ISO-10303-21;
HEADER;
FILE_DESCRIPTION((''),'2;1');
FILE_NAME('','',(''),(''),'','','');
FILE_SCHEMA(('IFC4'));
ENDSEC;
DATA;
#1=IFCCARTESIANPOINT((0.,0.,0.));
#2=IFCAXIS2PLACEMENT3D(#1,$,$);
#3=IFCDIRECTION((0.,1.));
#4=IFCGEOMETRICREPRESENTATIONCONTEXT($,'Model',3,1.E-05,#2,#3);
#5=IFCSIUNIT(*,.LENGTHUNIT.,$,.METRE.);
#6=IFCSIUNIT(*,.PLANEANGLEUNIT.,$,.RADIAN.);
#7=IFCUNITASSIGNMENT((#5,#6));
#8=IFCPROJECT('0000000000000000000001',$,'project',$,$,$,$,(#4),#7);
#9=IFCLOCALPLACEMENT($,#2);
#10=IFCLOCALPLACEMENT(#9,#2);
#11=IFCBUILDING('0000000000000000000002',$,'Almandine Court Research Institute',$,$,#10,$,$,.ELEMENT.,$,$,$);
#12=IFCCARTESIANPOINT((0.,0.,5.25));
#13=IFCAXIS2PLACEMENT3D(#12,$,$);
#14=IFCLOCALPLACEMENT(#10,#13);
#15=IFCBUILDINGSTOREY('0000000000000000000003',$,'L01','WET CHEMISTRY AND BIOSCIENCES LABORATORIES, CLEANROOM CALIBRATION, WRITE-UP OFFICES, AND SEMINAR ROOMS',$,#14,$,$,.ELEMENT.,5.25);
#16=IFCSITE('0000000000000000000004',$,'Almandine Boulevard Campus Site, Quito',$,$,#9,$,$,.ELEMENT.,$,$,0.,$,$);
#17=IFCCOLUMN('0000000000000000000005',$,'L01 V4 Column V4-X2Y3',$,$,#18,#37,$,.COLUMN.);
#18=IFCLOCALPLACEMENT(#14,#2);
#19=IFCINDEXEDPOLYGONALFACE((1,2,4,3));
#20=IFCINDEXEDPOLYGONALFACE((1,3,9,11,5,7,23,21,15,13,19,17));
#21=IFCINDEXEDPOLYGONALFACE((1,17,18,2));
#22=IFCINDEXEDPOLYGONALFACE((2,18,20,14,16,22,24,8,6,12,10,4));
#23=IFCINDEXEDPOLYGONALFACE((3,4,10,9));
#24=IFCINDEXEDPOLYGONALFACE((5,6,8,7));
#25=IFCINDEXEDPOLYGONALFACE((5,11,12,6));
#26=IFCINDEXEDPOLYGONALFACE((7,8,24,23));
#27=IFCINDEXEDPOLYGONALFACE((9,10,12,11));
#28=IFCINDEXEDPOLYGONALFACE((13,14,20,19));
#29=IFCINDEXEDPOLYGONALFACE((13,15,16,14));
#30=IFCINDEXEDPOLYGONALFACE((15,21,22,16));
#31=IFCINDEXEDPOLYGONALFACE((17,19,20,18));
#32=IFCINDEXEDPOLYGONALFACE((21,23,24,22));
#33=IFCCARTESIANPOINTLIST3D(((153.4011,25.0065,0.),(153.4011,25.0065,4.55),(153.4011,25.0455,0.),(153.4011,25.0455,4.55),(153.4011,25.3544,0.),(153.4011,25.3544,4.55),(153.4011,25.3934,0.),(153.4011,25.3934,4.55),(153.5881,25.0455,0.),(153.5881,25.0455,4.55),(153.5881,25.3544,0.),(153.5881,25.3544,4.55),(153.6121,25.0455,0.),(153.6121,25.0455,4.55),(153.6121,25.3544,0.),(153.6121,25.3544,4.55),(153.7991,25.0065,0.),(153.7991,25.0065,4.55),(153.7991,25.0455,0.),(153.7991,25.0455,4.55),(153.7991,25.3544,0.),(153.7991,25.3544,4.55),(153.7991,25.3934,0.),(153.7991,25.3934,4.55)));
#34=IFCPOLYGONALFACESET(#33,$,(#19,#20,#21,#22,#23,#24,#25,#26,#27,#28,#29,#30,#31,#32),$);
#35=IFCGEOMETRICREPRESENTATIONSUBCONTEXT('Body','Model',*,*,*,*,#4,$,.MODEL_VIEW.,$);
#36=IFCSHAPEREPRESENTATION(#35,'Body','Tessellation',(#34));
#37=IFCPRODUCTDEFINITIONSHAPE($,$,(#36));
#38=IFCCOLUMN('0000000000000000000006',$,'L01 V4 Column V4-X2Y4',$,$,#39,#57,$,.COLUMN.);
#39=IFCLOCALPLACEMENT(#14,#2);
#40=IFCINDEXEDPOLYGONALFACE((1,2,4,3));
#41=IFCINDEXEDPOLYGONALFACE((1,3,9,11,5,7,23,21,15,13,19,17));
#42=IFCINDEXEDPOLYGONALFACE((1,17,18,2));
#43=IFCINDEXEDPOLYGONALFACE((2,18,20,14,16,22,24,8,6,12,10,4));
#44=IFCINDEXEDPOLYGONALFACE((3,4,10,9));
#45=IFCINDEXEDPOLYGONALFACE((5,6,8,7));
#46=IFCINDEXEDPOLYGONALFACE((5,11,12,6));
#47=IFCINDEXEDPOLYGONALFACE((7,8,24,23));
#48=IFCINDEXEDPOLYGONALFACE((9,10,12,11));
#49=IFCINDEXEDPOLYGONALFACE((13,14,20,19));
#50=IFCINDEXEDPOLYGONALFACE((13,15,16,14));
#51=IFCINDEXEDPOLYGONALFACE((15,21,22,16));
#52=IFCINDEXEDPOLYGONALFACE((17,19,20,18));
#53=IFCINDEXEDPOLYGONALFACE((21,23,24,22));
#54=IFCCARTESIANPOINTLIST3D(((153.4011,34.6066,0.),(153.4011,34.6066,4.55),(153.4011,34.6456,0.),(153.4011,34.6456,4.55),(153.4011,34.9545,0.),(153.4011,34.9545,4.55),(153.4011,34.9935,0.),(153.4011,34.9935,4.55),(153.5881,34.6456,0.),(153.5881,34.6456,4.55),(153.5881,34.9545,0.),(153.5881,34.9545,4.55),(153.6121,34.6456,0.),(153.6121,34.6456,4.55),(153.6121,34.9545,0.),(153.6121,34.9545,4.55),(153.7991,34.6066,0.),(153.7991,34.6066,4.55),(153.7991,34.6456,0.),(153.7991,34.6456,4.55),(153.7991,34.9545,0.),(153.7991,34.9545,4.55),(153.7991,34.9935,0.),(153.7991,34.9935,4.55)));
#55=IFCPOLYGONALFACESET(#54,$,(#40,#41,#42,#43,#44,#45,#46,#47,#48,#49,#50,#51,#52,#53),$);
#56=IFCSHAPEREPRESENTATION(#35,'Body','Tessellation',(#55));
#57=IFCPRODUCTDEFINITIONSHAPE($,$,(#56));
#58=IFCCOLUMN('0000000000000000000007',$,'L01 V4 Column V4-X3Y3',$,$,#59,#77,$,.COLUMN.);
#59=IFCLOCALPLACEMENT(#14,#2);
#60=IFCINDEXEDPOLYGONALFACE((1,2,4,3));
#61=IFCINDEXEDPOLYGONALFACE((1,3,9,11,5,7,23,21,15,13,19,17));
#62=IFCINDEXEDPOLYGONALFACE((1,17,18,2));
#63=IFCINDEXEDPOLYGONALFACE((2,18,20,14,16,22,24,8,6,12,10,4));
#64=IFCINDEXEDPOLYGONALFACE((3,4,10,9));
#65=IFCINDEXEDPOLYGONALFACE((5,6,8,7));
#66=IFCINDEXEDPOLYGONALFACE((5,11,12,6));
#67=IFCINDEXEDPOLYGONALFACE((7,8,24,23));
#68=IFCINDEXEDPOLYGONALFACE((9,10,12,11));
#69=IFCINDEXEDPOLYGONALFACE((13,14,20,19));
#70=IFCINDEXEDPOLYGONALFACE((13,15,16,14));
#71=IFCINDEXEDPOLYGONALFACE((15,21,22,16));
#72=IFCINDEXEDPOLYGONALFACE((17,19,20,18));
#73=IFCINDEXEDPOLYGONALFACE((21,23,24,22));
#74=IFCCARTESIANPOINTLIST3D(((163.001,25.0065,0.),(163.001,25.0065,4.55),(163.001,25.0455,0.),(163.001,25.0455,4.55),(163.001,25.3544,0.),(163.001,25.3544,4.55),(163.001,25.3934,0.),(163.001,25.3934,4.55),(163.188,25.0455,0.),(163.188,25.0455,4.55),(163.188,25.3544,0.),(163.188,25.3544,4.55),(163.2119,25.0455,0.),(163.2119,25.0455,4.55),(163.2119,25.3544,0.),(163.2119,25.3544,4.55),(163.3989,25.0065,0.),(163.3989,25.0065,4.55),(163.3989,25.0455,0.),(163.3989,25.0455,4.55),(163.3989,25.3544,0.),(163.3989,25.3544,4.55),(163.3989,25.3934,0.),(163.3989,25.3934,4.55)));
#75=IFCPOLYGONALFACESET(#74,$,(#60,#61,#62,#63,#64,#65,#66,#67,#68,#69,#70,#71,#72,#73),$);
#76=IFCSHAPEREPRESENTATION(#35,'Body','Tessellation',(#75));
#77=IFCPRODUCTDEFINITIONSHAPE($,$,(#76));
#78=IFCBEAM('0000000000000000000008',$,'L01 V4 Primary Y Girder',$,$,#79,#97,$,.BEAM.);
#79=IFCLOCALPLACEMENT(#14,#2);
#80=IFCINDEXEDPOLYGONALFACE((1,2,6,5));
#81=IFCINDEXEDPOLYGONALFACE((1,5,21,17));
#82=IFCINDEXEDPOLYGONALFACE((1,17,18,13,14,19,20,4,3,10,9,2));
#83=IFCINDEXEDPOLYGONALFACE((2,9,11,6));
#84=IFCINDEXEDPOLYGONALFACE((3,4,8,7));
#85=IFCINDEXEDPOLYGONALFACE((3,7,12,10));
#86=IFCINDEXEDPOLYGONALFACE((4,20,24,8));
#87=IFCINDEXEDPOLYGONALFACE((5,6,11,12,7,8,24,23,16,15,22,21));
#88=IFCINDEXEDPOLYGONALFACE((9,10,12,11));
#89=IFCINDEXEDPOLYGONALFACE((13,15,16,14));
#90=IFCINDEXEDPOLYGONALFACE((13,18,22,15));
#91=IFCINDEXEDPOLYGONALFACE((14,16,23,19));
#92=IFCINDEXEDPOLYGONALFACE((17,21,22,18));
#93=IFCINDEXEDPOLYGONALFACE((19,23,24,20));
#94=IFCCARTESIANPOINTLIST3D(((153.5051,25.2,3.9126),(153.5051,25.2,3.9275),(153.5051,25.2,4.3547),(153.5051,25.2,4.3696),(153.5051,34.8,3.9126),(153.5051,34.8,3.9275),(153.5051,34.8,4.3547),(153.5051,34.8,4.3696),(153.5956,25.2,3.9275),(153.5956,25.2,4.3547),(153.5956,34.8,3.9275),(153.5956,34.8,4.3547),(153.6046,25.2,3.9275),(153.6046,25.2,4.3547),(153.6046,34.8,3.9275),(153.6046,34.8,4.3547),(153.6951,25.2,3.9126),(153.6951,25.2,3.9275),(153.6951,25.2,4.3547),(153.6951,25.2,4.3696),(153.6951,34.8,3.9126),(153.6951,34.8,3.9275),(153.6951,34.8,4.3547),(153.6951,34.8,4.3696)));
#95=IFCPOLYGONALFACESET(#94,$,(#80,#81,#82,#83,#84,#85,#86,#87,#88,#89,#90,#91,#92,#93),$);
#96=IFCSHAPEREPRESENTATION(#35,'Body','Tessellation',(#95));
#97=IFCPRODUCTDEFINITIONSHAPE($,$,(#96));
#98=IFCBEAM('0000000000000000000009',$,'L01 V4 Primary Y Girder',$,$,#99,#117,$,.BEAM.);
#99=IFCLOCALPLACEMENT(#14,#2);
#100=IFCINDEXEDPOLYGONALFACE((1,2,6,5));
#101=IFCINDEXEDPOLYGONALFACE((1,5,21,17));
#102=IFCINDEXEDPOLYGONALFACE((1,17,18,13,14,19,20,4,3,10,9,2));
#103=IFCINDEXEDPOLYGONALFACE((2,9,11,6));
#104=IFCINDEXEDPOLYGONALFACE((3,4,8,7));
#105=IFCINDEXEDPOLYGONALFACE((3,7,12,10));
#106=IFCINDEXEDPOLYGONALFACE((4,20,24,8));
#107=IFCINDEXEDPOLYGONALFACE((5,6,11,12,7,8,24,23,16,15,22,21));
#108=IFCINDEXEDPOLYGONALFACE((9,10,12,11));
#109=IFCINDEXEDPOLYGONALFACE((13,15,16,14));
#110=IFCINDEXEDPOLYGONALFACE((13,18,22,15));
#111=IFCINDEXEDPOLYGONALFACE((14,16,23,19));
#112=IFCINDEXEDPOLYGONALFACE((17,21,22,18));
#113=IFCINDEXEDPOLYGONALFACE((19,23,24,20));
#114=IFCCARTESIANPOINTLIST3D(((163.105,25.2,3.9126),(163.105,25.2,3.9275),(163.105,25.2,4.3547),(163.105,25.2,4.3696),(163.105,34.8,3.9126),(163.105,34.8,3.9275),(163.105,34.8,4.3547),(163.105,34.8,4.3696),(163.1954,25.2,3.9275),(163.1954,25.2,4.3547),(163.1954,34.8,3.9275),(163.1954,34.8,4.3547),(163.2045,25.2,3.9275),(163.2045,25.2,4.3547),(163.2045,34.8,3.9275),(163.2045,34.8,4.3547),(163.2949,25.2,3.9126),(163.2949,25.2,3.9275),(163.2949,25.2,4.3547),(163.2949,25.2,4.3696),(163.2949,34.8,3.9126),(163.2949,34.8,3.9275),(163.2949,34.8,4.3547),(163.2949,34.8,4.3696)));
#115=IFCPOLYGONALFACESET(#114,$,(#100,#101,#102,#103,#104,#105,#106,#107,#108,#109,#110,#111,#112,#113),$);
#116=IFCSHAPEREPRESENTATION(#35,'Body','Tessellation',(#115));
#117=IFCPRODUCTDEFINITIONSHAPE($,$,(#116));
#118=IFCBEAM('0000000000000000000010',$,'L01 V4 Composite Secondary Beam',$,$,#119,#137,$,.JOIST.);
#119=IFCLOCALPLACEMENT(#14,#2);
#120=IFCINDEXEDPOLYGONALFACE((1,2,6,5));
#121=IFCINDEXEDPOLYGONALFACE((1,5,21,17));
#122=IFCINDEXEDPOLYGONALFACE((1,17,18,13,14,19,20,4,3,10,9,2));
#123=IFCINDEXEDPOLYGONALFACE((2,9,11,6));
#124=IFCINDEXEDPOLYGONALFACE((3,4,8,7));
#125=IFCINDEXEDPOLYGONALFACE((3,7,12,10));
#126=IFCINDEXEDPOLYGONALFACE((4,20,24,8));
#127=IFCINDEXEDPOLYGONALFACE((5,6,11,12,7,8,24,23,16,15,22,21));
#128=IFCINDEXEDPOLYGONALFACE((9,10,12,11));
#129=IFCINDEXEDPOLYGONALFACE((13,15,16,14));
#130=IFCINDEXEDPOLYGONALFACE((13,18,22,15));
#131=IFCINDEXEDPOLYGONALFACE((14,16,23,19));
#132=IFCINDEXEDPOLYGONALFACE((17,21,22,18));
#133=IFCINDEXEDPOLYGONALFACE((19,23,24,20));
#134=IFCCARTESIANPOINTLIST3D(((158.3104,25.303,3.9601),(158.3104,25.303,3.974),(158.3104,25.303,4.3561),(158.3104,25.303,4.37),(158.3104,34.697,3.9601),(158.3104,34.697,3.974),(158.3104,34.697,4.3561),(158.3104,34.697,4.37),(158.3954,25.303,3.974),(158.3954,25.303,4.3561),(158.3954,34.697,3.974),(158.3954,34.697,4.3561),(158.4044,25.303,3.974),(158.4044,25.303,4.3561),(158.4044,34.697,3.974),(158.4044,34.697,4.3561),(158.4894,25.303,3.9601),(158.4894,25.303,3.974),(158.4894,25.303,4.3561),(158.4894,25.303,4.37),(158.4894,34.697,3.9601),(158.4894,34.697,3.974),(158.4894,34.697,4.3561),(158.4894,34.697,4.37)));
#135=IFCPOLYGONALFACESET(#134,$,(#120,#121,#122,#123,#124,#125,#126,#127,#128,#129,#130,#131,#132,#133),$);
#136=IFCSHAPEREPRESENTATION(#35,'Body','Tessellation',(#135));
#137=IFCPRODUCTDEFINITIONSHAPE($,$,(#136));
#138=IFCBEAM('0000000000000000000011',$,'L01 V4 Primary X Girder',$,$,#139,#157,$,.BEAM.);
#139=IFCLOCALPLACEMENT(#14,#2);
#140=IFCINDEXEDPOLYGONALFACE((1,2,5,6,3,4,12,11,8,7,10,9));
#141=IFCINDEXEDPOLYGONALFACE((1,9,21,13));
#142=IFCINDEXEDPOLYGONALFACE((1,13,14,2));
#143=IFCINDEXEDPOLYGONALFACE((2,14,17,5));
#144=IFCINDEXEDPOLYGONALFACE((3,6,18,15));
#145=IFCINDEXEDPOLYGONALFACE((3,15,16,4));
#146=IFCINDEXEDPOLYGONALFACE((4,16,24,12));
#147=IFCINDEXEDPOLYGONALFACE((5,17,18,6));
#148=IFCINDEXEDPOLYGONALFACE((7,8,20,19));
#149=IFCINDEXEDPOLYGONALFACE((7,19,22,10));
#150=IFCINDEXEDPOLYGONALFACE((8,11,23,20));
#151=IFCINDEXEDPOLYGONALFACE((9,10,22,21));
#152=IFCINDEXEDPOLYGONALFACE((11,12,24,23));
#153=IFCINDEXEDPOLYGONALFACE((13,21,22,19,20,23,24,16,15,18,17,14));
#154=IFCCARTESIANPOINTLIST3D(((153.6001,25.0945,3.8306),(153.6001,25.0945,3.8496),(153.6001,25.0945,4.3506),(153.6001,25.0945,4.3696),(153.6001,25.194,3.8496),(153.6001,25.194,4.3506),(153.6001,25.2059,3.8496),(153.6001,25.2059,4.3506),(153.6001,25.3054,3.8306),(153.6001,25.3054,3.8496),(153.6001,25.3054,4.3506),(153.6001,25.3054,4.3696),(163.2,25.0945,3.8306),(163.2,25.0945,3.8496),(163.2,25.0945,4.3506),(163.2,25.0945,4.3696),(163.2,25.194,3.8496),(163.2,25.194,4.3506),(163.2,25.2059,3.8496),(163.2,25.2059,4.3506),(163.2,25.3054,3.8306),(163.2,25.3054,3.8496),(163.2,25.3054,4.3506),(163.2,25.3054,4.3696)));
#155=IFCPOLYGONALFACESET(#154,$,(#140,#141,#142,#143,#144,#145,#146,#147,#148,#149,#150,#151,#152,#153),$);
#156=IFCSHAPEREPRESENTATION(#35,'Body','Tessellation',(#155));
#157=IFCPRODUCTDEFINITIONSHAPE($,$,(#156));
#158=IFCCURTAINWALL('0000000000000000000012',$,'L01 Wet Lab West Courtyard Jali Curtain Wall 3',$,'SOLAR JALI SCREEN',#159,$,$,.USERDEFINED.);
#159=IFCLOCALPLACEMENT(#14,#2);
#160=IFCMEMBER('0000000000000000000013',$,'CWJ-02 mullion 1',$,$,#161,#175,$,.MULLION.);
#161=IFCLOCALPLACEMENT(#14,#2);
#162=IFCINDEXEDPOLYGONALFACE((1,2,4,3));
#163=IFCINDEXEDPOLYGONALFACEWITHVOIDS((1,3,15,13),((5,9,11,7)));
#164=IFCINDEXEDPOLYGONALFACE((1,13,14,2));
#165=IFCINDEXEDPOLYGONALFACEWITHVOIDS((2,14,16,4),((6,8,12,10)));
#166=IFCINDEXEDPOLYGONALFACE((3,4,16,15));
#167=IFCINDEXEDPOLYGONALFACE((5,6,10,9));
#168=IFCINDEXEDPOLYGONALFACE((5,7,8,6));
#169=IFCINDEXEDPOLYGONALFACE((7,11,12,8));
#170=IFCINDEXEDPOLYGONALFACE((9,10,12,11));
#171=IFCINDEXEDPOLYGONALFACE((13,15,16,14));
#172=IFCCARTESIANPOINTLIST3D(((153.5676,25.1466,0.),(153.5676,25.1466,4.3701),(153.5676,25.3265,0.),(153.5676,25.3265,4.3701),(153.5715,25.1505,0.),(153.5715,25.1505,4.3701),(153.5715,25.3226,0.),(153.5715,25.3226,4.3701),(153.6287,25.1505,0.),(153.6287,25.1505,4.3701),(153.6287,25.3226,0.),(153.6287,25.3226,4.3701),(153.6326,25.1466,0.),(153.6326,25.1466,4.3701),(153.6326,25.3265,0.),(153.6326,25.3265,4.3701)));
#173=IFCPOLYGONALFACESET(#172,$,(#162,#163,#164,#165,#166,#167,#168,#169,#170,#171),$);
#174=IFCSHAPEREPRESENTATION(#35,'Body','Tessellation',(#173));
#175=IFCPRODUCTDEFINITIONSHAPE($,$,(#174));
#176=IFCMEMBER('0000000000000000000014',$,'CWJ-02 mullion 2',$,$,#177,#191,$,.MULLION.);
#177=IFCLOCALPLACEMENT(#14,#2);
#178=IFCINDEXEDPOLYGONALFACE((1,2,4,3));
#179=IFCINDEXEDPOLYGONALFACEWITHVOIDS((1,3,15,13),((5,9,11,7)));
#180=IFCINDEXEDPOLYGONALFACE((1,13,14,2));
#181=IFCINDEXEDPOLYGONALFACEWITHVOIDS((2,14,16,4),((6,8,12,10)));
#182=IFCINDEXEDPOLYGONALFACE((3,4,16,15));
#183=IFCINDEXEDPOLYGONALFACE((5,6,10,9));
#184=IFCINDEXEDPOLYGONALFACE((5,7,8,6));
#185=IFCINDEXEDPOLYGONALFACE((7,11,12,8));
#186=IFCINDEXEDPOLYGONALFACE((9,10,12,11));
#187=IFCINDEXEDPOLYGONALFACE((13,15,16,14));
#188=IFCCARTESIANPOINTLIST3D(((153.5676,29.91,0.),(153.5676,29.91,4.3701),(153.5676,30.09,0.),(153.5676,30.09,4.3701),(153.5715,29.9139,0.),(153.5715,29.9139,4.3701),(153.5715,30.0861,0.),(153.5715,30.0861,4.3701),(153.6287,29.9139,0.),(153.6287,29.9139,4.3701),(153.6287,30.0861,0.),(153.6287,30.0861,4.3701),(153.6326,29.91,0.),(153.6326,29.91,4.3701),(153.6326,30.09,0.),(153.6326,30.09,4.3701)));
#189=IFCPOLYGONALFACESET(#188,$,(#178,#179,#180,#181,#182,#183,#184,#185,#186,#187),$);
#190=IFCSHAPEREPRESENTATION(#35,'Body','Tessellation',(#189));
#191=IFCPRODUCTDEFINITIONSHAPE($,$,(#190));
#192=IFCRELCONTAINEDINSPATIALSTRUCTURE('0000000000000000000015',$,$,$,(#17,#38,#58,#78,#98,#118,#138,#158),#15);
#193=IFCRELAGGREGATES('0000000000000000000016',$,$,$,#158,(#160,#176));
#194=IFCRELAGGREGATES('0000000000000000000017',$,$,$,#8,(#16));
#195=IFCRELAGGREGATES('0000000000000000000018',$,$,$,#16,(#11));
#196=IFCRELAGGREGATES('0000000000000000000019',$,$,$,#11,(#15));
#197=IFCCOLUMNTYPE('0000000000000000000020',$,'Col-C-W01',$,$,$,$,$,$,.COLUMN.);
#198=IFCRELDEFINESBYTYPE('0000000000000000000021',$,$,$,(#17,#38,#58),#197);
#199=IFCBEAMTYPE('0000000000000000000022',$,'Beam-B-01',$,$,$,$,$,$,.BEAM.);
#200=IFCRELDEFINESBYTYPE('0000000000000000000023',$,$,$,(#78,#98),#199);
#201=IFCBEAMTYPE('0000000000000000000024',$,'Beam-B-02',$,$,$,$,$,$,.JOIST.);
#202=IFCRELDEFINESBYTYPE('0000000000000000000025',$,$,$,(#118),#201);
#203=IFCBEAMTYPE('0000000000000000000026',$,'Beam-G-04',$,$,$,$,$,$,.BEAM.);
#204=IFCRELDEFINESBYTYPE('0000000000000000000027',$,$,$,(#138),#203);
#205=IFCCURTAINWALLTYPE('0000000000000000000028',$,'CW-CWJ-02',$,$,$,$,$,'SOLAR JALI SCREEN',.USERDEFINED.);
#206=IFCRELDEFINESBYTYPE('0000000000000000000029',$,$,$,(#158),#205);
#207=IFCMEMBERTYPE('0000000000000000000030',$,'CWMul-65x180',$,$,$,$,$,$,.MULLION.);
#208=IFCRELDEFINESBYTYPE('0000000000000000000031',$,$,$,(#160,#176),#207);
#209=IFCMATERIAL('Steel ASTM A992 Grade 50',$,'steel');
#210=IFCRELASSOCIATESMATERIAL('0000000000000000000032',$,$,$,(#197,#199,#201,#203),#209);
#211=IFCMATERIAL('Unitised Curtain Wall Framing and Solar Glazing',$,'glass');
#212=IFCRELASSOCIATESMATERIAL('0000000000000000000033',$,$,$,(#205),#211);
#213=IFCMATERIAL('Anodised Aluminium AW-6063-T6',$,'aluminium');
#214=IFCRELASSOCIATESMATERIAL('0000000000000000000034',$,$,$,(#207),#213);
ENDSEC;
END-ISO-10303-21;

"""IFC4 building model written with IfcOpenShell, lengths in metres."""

from ifc_helpers import new_model, si_unit, direction, frame, origin, origin_2d, place, context, subcontext, project, spatial, hollow_rectangle, i_section, extrude, material, material_profile, profile_set, type_object, element, aggregate, save


model = new_model("IFC4")

# Units and contexts
model_context = context("Model", 3, precision=1e-05, world=origin(), true_north=direction((0.0, 1.0)))
body_context = subcontext(model_context, "Body", "Model", "MODEL_VIEW")
ifc_project = project(units=[si_unit("LENGTHUNIT", "METRE"), si_unit("PLANEANGLEUNIT", "RADIAN")], contexts=[model_context])

# Site, building, storey
site_placement = place(None, origin())
site = spatial("IfcSite", under=ifc_project, at=site_placement, Name="Almandine Boulevard Campus Site, Quito", CompositionType="ELEMENT", RefElevation=0.0)
building_placement = place(site_placement, origin())
building = spatial("IfcBuilding", under=site, at=building_placement, Name="Almandine Court Research Institute", CompositionType="ELEMENT")
storey_placement = place(building_placement, frame((0.0, 0.0, 5.25)))
storey = spatial("IfcBuildingStorey", under=building, at=storey_placement, Name="L01", Description="WET CHEMISTRY AND BIOSCIENCES LABORATORIES, CLEANROOM CALIBRATION, WRITE-UP OFFICES, AND SEMINAR ROOMS", CompositionType="ELEMENT", Elevation=5.25)

# Columns
ifc_material_1 = material(Name="Steel ASTM A992 Grade 50", Category="steel")
ifc_material_profile_1 = material_profile(ifc_material_1, i_section(OverallWidth=0.3979, OverallDepth=0.387, WebThickness=0.0239, FlangeThickness=0.0391, at=origin_2d()), Name="W360x262")
ifc_profile_set_1 = profile_set([ifc_material_profile_1], Name="Steel ASTM A992 Grade 50")
column_type = type_object("IfcColumnType", Name="Col-C-W01", PredefinedType="COLUMN", material=ifc_profile_set_1)
for number, where, z_axis, x_axis, name in (
    (1, (153.6001, 25.2, 0.0), (0.0, 0.0, 1.0), (1.0, 0.0, 0.0), "L01 V4 Column V4-X2Y3"),
    (2, (153.6001, 34.8, 0.0), (0.0, 0.0, 1.0), (1.0, 0.0, 0.0), "L01 V4 Column V4-X2Y4"),
    (3, (163.2, 25.2, 0.0), (0.0, 0.0, 1.0), (1.0, 0.0, 0.0), "L01 V4 Column V4-X3Y3"),
):
    element("IfcColumn", number, at=place(storey_placement, frame(where, z_axis=z_axis, x_axis=x_axis)), inside=storey, type_object=column_type, Name=name, PredefinedType="COLUMN", context=body_context, shape_type="SweptSolid", body=[
        extrude(i_section(OverallWidth=0.3979, OverallDepth=0.387, WebThickness=0.0239, FlangeThickness=0.0391, at=origin_2d()), origin(), (0.0, 0.0, 1.0), 4.55),
    ])

# Beams
ifc_material_profile_2 = material_profile(ifc_material_1, i_section(OverallWidth=0.1899, OverallDepth=0.457, WebThickness=0.009, FlangeThickness=0.0149, at=origin_2d()), Name="W460x74")
ifc_profile_set_2 = profile_set([ifc_material_profile_2], Name="Steel ASTM A992 Grade 50")
beam_type_1 = type_object("IfcBeamType", Name="Beam-B-01", PredefinedType="BEAM", material=ifc_profile_set_2)
for number, where, z_axis, x_axis, name in (
    (4, (153.6001, 25.2, 4.1411), (0.0, 1.0, 0.0), (-1.0, 0.0, 0.0), "L01 V4 Primary Y Girder"),
    (5, (163.2, 25.2, 4.1411), (0.0, 1.0, 0.0), (-1.0, 0.0, 0.0), "L01 V4 Primary Y Girder"),
):
    element("IfcBeam", number, at=place(storey_placement, frame(where, z_axis=z_axis, x_axis=x_axis)), inside=storey, type_object=beam_type_1, Name=name, PredefinedType="BEAM", context=body_context, shape_type="SweptSolid", body=[
        extrude(i_section(OverallWidth=0.1899, OverallDepth=0.457, WebThickness=0.009, FlangeThickness=0.0149, at=origin_2d()), origin(), (0.0, 0.0, 1.0), 9.6001),
    ])
ifc_material_profile_3 = material_profile(ifc_material_1, i_section(OverallWidth=0.179, OverallDepth=0.4099, WebThickness=0.009, FlangeThickness=0.0139, at=origin_2d()), Name="W410x67")
ifc_profile_set_3 = profile_set([ifc_material_profile_3], Name="Steel ASTM A992 Grade 50")
beam_type_2 = type_object("IfcBeamType", Name="Beam-B-02", PredefinedType="JOIST", material=ifc_profile_set_3)
beam_1_placement = place(storey_placement, frame((158.3999, 25.303, 4.165), z_axis=(0.0, 1.0, 0.0), x_axis=(-1.0, 0.0, 0.0)))
element("IfcBeam", 6, at=beam_1_placement, inside=storey, type_object=beam_type_2, Name="L01 V4 Composite Secondary Beam", PredefinedType="JOIST", context=body_context, shape_type="SweptSolid", body=[
    extrude(i_section(OverallWidth=0.179, OverallDepth=0.4099, WebThickness=0.009, FlangeThickness=0.0139, at=origin_2d()), origin(), (0.0, 0.0, 1.0), 9.394),
])
ifc_material_profile_4 = material_profile(ifc_material_1, i_section(OverallWidth=0.2109, OverallDepth=0.5391, WebThickness=0.012, FlangeThickness=0.019, at=origin_2d()), Name="W530x109")
ifc_profile_set_4 = profile_set([ifc_material_profile_4], Name="Steel ASTM A992 Grade 50")
beam_type_3 = type_object("IfcBeamType", Name="Beam-G-04", PredefinedType="BEAM", material=ifc_profile_set_4)
beam_2_placement = place(storey_placement, frame((153.6001, 25.2, 4.1001), z_axis=(1.0, 0.0, 0.0), x_axis=(0.0, 1.0, 0.0)))
element("IfcBeam", 7, at=beam_2_placement, inside=storey, type_object=beam_type_3, Name="L01 V4 Primary X Girder", PredefinedType="BEAM", context=body_context, shape_type="SweptSolid", body=[
    extrude(i_section(OverallWidth=0.2109, OverallDepth=0.5391, WebThickness=0.012, FlangeThickness=0.019, at=origin_2d()), origin(), (0.0, 0.0, 1.0), 9.5999),
])

# Curtain wall, members
ifc_material_2 = material(Name="Unitised Curtain Wall Framing and Solar Glazing", Category="glass")
curtain_wall_type = type_object("IfcCurtainWallType", Name="CW-CWJ-02", ElementType="SOLAR JALI SCREEN", PredefinedType="USERDEFINED", material=ifc_material_2)
curtain_wall_placement = place(storey_placement, origin())
curtain_wall = element("IfcCurtainWall", 8, at=curtain_wall_placement, inside=storey, type_object=curtain_wall_type, Name="L01 Wet Lab West Courtyard Jali Curtain Wall 3", ObjectType="SOLAR JALI SCREEN", PredefinedType="USERDEFINED")
ifc_material_3 = material(Name="Anodised Aluminium AW-6063-T6", Category="aluminium")
ifc_material_profile_5 = material_profile(ifc_material_3, hollow_rectangle(XDim=0.0649, YDim=0.1799, WallThickness=0.0039, at=origin_2d()), Name="ALU RHS 65x180x4")
ifc_profile_set_5 = profile_set([ifc_material_profile_5], Name="Anodised Aluminium AW-6063-T6")
member_type_1 = type_object("IfcMemberType", Name="CWMul-65x180", PredefinedType="MULLION", material=ifc_profile_set_5)
member_1_placement = place(storey_placement, frame((153.6001, 25.2366, 0.0), z_axis=(0.0, 0.0, 1.0), x_axis=(-1.0, 0.0, 0.0)))
member_1 = element("IfcMember", 9, at=member_1_placement, type_object=member_type_1, Name="CWJ-02 mullion 1", PredefinedType="MULLION", context=body_context, shape_type="SweptSolid", body=[
    extrude(hollow_rectangle(XDim=0.0649, YDim=0.1799, WallThickness=0.0039, at=origin_2d()), origin(), (0.0, 0.0, 1.0), 4.3701),
])
member_2_placement = place(storey_placement, frame((153.6001, 30.0, 0.0), z_axis=(0.0, 0.0, 1.0), x_axis=(-1.0, 0.0, 0.0)))
member_2 = element("IfcMember", 10, at=member_2_placement, type_object=member_type_1, Name="CWJ-02 mullion 2", PredefinedType="MULLION", context=body_context, shape_type="SweptSolid", body=[
    extrude(hollow_rectangle(XDim=0.0649, YDim=0.1799, WallThickness=0.0039, at=origin_2d()), origin(), (0.0, 0.0, 1.0), 4.3701),
])
aggregate(curtain_wall, [member_1, member_2])

save(model, "model.ifc")
